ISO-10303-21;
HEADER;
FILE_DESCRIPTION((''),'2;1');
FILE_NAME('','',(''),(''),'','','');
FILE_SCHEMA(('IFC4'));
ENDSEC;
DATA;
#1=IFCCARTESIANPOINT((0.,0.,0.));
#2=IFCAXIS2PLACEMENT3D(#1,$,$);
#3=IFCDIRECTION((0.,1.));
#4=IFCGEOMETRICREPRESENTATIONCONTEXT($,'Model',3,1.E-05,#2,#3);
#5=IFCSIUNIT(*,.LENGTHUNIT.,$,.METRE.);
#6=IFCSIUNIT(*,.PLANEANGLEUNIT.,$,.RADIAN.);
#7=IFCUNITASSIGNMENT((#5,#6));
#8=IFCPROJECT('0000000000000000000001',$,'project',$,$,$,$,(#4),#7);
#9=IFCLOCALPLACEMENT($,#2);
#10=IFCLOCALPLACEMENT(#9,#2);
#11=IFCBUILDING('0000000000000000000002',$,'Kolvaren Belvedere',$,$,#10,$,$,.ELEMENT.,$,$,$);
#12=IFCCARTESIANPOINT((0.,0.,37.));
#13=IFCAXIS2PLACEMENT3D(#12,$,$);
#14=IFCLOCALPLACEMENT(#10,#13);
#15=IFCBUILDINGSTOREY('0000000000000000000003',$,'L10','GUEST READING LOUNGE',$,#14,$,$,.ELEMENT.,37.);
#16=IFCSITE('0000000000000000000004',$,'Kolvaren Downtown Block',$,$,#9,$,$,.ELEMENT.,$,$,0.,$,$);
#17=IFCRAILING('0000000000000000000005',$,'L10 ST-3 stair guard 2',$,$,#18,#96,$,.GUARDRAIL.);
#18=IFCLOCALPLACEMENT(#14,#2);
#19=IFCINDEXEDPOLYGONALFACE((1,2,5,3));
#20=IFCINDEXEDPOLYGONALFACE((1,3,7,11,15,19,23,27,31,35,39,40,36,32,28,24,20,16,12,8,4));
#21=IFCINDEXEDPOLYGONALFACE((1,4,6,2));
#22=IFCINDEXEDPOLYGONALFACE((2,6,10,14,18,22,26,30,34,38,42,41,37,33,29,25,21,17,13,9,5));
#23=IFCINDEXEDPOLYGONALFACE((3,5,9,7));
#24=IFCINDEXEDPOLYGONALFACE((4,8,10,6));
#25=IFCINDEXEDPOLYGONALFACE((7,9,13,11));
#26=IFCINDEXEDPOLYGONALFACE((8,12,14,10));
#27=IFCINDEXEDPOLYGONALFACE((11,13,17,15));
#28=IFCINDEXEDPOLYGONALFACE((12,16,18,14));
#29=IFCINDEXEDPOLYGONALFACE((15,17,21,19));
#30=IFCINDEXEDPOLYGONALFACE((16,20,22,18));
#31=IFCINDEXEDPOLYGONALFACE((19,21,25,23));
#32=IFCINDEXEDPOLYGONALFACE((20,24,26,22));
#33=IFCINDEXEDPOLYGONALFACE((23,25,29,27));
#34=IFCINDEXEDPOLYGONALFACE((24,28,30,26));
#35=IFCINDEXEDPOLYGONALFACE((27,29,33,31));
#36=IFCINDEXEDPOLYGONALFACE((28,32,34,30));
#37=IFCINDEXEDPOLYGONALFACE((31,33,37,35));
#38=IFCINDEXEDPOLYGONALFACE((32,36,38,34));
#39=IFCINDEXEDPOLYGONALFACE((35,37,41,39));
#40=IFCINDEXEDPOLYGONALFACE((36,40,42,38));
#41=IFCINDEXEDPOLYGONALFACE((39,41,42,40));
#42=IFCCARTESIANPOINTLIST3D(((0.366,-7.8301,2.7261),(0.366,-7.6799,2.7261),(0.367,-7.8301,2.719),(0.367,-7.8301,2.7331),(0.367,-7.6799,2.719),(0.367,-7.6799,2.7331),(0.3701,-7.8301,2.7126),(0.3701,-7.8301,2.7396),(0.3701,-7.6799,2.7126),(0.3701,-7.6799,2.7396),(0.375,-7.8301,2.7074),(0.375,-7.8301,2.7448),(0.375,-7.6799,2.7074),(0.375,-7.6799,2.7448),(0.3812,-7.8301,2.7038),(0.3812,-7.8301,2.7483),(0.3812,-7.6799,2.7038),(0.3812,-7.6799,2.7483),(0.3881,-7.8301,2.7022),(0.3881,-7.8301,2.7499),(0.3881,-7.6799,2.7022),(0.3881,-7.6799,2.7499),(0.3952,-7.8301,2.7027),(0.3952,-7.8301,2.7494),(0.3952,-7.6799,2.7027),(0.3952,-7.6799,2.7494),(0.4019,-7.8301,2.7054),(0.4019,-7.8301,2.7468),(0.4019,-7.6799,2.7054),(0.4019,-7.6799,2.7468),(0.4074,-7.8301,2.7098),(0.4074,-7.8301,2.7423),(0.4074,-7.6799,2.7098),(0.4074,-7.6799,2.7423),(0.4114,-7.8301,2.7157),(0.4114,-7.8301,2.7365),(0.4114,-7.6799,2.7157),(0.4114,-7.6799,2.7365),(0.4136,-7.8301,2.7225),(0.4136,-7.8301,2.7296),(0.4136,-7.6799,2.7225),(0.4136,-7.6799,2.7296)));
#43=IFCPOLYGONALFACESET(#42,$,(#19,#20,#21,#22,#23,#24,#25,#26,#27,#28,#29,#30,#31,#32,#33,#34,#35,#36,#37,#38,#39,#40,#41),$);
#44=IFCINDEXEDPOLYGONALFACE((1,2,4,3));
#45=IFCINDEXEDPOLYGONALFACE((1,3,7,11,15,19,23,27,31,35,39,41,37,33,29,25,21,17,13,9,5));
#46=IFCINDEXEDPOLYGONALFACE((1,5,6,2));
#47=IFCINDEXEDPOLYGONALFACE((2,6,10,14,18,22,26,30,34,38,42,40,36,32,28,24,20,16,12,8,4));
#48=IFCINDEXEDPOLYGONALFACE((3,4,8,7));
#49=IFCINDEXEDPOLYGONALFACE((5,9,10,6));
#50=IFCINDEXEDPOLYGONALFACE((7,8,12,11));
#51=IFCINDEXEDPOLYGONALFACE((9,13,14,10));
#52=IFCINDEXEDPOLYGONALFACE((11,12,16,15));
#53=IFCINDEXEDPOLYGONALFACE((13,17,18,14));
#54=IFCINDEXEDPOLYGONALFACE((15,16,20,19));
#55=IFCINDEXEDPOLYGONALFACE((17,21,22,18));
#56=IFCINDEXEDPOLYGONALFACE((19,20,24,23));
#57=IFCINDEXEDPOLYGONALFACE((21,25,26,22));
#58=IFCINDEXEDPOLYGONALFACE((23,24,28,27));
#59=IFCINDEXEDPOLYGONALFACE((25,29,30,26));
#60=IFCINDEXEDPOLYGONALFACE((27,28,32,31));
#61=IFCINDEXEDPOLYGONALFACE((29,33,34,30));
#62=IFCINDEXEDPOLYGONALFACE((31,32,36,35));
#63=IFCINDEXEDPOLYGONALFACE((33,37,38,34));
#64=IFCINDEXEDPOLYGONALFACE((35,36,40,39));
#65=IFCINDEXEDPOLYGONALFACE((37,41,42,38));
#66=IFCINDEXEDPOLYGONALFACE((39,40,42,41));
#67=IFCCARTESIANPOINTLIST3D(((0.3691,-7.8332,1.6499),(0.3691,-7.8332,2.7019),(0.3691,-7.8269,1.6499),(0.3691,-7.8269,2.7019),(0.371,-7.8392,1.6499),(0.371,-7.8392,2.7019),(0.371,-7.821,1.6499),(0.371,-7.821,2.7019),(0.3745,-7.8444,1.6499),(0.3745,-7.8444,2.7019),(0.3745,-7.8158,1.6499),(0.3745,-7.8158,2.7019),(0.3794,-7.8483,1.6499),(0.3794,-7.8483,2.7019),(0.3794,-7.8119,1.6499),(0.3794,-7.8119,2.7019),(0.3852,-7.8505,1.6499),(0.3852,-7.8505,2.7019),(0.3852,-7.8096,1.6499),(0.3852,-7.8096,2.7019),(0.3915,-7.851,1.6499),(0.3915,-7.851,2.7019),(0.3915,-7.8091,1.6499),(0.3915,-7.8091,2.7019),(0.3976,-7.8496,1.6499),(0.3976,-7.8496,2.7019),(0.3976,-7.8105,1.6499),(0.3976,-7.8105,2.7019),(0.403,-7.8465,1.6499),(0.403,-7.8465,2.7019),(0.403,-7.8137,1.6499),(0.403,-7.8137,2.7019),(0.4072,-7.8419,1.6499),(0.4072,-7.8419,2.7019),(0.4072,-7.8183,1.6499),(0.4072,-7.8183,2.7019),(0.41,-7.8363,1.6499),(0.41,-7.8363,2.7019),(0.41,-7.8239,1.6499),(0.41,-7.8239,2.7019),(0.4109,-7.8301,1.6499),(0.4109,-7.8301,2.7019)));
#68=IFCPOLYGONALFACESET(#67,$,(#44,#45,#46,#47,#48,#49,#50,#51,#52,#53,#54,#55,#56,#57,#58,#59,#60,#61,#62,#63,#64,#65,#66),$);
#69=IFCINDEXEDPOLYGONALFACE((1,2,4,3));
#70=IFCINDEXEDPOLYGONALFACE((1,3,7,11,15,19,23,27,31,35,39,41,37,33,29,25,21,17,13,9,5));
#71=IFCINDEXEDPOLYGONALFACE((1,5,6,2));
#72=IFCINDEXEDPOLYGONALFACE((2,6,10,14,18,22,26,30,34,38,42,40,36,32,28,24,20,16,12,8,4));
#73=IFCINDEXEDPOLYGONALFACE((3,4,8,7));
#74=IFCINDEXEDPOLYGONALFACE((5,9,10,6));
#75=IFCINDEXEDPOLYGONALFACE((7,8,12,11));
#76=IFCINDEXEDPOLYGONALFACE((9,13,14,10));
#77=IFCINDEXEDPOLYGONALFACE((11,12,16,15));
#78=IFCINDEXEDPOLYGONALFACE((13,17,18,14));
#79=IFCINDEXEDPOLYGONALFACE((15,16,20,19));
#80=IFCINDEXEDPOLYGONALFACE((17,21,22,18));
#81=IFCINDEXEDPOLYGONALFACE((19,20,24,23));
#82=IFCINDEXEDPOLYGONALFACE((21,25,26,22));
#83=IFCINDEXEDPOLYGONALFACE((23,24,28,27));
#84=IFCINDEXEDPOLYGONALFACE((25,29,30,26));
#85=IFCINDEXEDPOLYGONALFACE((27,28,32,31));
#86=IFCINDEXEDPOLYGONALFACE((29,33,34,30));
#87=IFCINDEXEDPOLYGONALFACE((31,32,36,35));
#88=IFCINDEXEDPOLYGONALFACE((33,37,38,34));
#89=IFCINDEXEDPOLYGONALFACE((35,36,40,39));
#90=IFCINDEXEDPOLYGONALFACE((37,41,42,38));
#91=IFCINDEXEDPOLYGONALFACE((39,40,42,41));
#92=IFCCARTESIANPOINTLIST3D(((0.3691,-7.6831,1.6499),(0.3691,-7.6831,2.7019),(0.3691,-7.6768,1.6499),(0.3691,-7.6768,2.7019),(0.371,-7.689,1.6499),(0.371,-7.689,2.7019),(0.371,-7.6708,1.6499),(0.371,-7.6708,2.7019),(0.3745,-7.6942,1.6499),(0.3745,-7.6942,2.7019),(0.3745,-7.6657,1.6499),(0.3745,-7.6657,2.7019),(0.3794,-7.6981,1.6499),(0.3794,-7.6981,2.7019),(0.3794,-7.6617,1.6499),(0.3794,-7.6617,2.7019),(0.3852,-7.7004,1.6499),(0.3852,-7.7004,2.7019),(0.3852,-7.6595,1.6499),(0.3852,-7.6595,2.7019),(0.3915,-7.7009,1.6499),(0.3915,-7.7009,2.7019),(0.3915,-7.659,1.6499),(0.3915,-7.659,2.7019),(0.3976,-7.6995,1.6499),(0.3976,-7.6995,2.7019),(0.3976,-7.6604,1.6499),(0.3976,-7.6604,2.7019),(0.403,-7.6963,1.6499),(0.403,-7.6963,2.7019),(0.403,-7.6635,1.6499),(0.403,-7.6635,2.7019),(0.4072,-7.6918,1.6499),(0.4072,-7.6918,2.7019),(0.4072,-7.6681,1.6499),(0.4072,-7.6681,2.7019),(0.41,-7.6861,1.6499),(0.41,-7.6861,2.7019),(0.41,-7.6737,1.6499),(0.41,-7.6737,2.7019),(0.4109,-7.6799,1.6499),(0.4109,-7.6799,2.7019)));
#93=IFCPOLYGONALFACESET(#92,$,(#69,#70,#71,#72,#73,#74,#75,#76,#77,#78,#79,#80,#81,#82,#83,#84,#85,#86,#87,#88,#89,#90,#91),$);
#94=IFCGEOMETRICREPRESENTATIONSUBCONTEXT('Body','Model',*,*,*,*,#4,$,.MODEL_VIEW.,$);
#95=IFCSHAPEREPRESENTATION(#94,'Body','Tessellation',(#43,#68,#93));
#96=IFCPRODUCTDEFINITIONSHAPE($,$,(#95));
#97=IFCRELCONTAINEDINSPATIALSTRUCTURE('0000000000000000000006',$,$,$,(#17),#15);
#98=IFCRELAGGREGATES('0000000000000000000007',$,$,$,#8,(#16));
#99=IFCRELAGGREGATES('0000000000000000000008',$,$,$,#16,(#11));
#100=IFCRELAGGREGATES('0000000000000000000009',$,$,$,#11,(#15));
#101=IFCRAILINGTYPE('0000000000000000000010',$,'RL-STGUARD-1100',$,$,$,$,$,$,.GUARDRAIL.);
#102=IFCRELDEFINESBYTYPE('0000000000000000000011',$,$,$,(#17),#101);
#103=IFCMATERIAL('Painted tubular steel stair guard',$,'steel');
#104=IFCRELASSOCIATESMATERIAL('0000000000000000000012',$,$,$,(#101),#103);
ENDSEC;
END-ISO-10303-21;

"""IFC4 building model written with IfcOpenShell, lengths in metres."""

from ifc_helpers import new_model, si_unit, direction, frame, origin, origin_2d, place, context, subcontext, project, spatial, circle, extrude, material, type_object, element, save


model = new_model("IFC4")

# Units and contexts
model_context = context("Model", 3, precision=1e-05, world=origin(), true_north=direction((0.0, 1.0)))
body_context = subcontext(model_context, "Body", "Model", "MODEL_VIEW")
ifc_project = project(units=[si_unit("LENGTHUNIT", "METRE"), si_unit("PLANEANGLEUNIT", "RADIAN")], contexts=[model_context])

# Site, building, storey
site_placement = place(None, origin())
site = spatial("IfcSite", under=ifc_project, at=site_placement, Name="Kolvaren Downtown Block", CompositionType="ELEMENT", RefElevation=0.0)
building_placement = place(site_placement, origin())
building = spatial("IfcBuilding", under=site, at=building_placement, Name="Kolvaren Belvedere", CompositionType="ELEMENT")
storey_placement = place(building_placement, frame((0.0, 0.0, 37.0)))
storey = spatial("IfcBuildingStorey", under=building, at=storey_placement, Name="L10", Description="GUEST READING LOUNGE", CompositionType="ELEMENT", Elevation=37.0)

# Railing
ifc_material_1 = material(Name="Painted tubular steel stair guard", Category="steel")
railing_type_1 = type_object("IfcRailingType", Name="RL-STGUARD-1100", PredefinedType="GUARDRAIL", material=ifc_material_1)
railing_1_placement = place(storey_placement, frame((0.3899, -7.8301, 1.6499)))
element("IfcRailing", 1, at=railing_1_placement, inside=storey, type_object=railing_type_1, Name="L10 ST-3 stair guard 2", PredefinedType="GUARDRAIL", context=body_context, shape_type="SweptSolid", body=[
    extrude(circle(Radius=0.0239, at=origin_2d()), frame((0.0, 0.0, 1.0762), z_axis=(0.0, 1.0, 0.0), x_axis=(-1.0, 0.0, 0.0)), (0.0, 0.0, 1.0), 0.1501),
    extrude(circle(Radius=0.021, at=origin_2d()), origin(), (0.0, 0.0, 1.0), 1.052),
    extrude(circle(Radius=0.021, at=origin_2d()), frame((0.0, 0.1501, 0.0)), (0.0, 0.0, 1.0), 1.052),
])

save(model, "model.ifc")
